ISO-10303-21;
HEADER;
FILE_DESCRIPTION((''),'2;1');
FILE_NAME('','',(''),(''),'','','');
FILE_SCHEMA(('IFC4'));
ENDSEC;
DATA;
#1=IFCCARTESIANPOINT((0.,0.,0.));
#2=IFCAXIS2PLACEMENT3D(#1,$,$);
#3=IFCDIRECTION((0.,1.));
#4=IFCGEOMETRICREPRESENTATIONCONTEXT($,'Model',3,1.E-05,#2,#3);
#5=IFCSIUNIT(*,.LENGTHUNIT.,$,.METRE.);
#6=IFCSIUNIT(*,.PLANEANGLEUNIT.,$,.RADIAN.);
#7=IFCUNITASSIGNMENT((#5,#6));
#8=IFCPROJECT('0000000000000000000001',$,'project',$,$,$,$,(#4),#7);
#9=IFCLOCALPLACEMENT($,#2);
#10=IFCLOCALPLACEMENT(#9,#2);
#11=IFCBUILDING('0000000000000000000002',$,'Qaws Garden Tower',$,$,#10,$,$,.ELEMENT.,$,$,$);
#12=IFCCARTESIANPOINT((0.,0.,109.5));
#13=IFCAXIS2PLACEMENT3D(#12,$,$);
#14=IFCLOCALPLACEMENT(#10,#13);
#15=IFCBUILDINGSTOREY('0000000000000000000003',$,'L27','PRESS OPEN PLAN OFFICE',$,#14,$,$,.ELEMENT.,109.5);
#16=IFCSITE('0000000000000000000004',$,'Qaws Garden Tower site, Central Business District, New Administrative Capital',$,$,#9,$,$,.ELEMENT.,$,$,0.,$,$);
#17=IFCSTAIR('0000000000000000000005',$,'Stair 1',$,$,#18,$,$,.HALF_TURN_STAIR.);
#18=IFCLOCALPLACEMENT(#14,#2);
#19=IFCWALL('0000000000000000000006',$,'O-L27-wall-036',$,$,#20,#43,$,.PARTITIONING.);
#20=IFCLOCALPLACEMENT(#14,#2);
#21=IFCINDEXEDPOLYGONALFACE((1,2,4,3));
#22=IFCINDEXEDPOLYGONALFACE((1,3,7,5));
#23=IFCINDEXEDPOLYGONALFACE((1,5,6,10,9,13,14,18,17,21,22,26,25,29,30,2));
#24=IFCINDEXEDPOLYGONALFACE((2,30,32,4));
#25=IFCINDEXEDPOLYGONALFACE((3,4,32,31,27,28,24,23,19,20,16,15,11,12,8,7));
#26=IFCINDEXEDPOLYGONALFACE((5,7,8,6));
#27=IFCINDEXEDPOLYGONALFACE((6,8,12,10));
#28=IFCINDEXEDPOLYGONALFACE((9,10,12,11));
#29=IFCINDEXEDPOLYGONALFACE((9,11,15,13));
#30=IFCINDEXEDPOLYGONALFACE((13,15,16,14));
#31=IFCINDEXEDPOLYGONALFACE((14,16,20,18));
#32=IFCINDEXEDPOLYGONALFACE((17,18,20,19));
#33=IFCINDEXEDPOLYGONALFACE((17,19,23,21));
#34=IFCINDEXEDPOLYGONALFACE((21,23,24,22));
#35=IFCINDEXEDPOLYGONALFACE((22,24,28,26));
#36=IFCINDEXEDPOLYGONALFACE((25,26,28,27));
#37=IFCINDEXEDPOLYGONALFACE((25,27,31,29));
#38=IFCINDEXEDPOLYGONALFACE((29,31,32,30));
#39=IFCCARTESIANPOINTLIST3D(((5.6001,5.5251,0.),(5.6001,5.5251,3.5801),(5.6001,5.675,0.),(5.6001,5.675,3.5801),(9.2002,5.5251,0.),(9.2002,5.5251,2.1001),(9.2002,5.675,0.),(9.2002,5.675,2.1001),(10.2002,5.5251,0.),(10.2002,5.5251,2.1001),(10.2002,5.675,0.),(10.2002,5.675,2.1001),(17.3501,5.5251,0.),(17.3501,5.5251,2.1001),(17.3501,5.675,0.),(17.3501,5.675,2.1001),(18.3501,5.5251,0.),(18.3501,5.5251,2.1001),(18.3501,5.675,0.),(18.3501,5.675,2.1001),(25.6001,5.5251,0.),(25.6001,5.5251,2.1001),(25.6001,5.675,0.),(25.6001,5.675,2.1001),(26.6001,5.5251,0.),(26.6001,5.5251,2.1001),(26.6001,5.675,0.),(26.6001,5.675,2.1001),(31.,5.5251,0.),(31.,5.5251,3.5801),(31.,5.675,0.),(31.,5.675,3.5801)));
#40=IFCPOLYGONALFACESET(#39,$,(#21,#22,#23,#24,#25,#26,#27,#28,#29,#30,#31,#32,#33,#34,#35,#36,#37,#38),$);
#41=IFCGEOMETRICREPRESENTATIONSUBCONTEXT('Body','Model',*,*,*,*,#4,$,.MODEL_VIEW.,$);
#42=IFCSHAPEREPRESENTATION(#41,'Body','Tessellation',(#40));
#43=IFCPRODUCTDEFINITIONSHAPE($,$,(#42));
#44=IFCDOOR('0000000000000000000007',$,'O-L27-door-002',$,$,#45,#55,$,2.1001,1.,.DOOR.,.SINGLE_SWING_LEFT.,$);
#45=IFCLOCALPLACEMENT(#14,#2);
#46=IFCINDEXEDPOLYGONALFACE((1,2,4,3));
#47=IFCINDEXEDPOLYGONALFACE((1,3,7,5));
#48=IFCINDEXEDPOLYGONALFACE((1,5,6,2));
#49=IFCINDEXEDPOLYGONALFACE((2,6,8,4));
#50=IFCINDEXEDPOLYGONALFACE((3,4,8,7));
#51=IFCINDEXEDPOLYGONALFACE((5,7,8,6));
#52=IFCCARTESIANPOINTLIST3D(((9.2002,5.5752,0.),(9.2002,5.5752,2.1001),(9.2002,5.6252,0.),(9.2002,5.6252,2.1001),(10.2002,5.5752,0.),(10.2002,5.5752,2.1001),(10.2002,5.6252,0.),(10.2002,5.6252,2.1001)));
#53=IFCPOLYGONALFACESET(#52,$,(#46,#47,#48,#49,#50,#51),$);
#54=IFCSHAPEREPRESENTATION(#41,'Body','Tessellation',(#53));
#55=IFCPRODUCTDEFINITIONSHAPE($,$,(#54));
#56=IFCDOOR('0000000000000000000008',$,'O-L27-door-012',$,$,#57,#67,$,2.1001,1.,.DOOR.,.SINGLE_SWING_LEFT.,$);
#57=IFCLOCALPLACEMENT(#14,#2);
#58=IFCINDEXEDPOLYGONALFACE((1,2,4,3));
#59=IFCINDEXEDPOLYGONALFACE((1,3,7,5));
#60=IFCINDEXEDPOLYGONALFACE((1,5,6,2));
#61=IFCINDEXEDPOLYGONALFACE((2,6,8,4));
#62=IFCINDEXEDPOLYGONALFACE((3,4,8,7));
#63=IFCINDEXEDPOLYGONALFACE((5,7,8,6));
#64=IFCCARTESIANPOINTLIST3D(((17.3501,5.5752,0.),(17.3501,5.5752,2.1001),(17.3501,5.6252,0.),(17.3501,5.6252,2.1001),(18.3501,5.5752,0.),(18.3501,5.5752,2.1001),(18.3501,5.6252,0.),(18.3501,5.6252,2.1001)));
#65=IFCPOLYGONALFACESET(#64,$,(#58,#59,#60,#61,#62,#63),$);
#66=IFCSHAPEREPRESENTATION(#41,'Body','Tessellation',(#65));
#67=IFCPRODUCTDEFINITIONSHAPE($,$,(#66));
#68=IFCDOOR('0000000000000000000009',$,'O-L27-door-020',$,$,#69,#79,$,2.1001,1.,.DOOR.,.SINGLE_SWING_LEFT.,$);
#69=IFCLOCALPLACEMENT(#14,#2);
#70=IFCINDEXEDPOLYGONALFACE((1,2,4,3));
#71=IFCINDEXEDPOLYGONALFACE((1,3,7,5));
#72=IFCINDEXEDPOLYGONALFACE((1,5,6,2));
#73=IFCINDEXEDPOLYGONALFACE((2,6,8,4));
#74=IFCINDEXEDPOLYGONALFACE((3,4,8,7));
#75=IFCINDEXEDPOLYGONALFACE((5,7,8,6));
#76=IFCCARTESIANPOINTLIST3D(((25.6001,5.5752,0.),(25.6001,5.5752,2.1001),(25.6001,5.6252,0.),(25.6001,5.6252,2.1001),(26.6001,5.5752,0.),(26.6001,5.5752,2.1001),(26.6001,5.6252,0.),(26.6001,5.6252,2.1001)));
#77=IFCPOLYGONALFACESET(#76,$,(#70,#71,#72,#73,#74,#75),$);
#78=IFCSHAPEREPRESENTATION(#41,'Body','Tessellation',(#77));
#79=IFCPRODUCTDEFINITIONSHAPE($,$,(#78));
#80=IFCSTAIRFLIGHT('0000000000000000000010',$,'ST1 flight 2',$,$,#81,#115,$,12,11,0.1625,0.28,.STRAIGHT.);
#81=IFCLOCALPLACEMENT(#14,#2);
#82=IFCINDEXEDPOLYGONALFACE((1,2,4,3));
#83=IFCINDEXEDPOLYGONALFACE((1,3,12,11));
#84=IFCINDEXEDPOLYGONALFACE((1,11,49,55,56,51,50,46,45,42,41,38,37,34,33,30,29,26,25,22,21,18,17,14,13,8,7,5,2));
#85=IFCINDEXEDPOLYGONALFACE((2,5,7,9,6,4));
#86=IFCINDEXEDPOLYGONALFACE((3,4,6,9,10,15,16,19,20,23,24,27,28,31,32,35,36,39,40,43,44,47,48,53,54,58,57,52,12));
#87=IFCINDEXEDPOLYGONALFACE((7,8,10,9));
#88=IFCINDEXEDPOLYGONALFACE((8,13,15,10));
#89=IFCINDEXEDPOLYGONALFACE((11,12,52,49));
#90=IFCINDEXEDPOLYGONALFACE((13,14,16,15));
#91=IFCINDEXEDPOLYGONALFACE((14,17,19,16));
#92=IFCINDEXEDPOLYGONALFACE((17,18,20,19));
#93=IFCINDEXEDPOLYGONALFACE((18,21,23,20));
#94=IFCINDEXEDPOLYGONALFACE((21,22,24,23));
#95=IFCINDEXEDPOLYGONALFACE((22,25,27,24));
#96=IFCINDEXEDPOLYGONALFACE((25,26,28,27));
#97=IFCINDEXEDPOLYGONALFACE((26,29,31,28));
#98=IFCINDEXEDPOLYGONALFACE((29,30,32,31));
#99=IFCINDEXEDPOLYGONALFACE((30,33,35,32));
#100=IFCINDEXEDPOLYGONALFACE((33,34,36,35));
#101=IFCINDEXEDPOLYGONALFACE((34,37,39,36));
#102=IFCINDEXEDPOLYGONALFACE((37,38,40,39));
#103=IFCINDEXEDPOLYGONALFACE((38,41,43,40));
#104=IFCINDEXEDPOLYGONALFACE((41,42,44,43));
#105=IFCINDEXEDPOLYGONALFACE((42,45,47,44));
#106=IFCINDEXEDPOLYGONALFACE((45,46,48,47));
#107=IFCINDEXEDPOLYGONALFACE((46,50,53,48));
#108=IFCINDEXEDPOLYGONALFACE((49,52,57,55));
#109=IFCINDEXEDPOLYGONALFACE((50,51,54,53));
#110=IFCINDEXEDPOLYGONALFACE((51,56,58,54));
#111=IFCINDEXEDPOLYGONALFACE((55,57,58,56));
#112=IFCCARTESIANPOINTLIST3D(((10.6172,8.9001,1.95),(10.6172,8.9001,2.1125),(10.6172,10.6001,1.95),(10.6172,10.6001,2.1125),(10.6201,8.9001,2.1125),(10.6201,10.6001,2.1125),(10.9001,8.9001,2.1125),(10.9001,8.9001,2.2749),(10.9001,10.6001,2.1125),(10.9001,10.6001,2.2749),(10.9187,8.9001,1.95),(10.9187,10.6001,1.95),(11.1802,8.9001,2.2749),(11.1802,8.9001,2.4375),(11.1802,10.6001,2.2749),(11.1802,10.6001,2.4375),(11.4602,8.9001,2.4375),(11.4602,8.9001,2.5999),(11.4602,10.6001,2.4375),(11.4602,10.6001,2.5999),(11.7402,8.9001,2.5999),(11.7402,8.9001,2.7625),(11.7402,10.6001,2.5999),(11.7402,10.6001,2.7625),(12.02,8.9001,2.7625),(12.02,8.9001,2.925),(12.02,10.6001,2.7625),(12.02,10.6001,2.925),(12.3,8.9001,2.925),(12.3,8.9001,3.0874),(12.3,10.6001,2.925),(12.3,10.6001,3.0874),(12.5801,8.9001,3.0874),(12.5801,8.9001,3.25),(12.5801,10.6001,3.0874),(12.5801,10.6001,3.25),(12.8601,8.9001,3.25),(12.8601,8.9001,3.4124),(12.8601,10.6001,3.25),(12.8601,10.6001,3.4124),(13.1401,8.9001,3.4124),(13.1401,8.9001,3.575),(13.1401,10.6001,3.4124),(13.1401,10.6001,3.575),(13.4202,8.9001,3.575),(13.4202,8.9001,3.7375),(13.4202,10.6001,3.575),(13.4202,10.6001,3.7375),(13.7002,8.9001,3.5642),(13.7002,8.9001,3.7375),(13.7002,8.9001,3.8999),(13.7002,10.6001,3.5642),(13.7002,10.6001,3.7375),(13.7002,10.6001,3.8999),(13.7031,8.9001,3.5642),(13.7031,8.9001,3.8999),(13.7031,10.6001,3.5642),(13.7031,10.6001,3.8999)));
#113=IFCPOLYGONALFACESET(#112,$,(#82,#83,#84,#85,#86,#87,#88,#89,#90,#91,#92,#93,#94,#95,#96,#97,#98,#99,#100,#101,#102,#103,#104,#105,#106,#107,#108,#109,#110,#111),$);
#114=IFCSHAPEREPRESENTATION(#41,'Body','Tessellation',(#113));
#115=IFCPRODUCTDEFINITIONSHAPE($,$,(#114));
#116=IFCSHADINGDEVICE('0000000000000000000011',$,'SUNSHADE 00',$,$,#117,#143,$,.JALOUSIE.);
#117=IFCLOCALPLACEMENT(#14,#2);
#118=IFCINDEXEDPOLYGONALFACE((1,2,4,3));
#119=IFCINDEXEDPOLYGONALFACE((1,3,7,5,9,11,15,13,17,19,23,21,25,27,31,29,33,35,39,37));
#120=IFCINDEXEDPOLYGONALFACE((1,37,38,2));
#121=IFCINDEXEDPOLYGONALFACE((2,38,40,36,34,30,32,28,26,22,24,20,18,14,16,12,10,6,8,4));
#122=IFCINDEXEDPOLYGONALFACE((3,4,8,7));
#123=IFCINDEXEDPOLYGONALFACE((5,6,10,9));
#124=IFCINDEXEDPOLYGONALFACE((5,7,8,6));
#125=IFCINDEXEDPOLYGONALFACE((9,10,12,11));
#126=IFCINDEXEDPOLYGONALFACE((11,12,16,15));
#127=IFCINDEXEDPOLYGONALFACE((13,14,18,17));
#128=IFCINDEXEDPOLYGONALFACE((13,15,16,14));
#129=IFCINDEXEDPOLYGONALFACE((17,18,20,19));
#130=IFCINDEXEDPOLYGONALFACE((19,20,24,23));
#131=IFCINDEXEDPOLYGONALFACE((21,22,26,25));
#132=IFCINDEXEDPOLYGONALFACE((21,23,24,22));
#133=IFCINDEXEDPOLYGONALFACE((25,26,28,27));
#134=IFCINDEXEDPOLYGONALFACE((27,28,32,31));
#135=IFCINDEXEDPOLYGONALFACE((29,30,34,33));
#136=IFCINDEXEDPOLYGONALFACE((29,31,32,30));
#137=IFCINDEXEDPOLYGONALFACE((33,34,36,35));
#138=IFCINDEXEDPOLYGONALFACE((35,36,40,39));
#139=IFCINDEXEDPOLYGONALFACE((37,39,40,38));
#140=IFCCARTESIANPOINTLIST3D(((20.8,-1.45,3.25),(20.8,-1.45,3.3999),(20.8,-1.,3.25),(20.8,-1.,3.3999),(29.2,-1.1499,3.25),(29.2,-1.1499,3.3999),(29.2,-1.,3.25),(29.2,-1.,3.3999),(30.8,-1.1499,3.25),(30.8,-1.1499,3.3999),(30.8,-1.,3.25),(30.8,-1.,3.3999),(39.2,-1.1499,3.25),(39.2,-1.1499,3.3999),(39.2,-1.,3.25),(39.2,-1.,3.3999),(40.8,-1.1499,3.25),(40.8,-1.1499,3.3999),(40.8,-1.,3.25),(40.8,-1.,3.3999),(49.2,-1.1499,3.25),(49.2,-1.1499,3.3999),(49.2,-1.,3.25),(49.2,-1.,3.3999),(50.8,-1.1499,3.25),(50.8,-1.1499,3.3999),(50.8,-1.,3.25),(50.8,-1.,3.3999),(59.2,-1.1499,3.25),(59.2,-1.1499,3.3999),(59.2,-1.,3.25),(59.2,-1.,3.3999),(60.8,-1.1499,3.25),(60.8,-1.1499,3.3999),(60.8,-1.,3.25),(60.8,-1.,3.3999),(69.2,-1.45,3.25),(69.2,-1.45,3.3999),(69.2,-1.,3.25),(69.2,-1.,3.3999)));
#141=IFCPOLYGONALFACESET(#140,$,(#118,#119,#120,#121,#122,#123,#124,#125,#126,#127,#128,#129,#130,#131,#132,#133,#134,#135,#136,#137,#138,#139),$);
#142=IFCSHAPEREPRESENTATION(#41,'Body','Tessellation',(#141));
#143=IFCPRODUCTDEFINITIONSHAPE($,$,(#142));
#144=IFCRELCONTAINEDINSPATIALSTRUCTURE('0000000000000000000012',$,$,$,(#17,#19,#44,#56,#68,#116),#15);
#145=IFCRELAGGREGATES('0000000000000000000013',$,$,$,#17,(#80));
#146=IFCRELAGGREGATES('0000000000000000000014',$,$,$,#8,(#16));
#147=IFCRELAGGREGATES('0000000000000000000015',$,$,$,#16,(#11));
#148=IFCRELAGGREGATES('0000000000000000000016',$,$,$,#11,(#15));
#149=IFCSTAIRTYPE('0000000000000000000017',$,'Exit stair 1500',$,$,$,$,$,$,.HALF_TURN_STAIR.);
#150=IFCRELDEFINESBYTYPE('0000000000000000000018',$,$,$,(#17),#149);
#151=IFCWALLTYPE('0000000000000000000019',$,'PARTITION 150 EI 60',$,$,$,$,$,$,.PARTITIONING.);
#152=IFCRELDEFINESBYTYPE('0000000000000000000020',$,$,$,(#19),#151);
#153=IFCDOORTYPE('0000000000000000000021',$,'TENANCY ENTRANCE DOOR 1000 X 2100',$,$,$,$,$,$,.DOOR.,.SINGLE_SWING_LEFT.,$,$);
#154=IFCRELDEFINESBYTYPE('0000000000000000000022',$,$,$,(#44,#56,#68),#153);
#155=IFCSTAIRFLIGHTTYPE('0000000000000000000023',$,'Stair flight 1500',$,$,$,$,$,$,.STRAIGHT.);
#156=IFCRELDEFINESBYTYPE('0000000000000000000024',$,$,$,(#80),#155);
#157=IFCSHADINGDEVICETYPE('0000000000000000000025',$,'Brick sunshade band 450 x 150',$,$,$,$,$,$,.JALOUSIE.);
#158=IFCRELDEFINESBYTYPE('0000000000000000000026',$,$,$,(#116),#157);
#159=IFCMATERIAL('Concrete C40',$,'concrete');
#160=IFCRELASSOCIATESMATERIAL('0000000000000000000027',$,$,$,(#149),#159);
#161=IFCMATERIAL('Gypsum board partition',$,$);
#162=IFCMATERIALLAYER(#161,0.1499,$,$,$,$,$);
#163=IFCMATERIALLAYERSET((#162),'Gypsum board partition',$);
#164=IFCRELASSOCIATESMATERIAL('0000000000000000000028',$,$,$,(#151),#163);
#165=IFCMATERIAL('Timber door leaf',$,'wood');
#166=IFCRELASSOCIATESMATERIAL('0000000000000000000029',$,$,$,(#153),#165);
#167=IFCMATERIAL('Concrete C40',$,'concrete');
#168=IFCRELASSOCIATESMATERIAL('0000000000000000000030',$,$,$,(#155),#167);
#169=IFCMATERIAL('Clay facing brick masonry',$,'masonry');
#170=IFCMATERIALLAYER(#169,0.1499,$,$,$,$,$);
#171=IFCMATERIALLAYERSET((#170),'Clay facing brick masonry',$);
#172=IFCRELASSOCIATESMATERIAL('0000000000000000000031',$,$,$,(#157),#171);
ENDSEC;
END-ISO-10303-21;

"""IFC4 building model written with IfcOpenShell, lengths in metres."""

from ifc_helpers import new_model, si_unit, direction, frame, frame_2d, origin, place, context, subcontext, project, spatial, polyline, rectangle, outline, extrude, material, layer, layer_set, type_object, element, fill, aggregate, save


model = new_model("IFC4")

# Units and contexts
model_context = context("Model", 3, precision=1e-05, world=origin(), true_north=direction((0.0, 1.0)))
body_context = subcontext(model_context, "Body", "Model", "MODEL_VIEW")
ifc_project = project(units=[si_unit("LENGTHUNIT", "METRE"), si_unit("PLANEANGLEUNIT", "RADIAN")], contexts=[model_context])

# Site, building, storey
site_placement = place(None, origin())
site = spatial("IfcSite", under=ifc_project, at=site_placement, Name="Qaws Garden Tower site, Central Business District, New Administrative Capital", CompositionType="ELEMENT", RefElevation=0.0)
building_placement = place(site_placement, origin())
building = spatial("IfcBuilding", under=site, at=building_placement, Name="Qaws Garden Tower", CompositionType="ELEMENT")
storey_placement = place(building_placement, frame((0.0, 0.0, 109.5)))
storey = spatial("IfcBuildingStorey", under=building, at=storey_placement, Name="L27", Description="PRESS OPEN PLAN OFFICE", CompositionType="ELEMENT", Elevation=109.5)

# Stair
ifc_material_1 = material(Name="Concrete C40", Category="concrete")
stair_type_1 = type_object("IfcStairType", Name="Exit stair 1500", PredefinedType="HALF_TURN_STAIR", material=ifc_material_1)
placement_1 = place(storey_placement, origin())
stair_1 = element("IfcStair", 1, at=placement_1, inside=storey, type_object=stair_type_1, Name="Stair 1", PredefinedType="HALF_TURN_STAIR")

# Shared definitions
ifc_material_2 = material(Name="Gypsum board partition")
ifc_layer_1 = layer(ifc_material_2, 0.1499)
ifc_layer_set_1 = layer_set([ifc_layer_1], Name="Gypsum board partition")
wall_type_1 = type_object("IfcWallType", Name="PARTITION 150 EI 60", PredefinedType="PARTITIONING", material=ifc_layer_set_1)

# Wall, openings, doors
wall_1_placement = place(storey_placement, frame((5.6001, 5.6001, 0.0), z_axis=(0.0, 0.0, 1.0), x_axis=(1.0, 0.0, 0.0)))
wall_1 = element("IfcWall", 2, at=wall_1_placement, inside=storey, type_object=wall_type_1, Name="O-L27-wall-036", PredefinedType="PARTITIONING", context=body_context, shape_type="SweptSolid", body=[
    extrude(rectangle(XDim=25.3999, YDim=0.1499, at=frame_2d((12.7, 0.0))), origin(), (0.0, 0.0, 1.0), 3.5801),
])
opening_1_placement = place(wall_1_placement, frame((3.6001, 0.0, 0.0)))
opening_1 = element("IfcOpeningElement", 3, at=opening_1_placement, cuts=wall_1, PredefinedType="OPENING", context=body_context, shape_type="SweptSolid", body=[
    extrude(rectangle(XDim=1.0, YDim=2.1001, at=frame_2d((0.5, 1.05))), frame((0.0, 0.085, 0.0), z_axis=(0.0, -1.0, 0.0), x_axis=(1.0, 0.0, 0.0)), (0.0, 0.0, 1.0), 0.1699),
])
opening_2_placement = place(wall_1_placement, frame((11.75, 0.0, 0.0)))
opening_2 = element("IfcOpeningElement", 4, at=opening_2_placement, cuts=wall_1, PredefinedType="OPENING", context=body_context, shape_type="SweptSolid", body=[
    extrude(rectangle(XDim=1.0, YDim=2.1001, at=frame_2d((0.5, 1.05))), frame((0.0, 0.085, 0.0), z_axis=(0.0, -1.0, 0.0), x_axis=(1.0, 0.0, 0.0)), (0.0, 0.0, 1.0), 0.1699),
])
opening_3_placement = place(wall_1_placement, frame((20.0, 0.0, 0.0)))
opening_3 = element("IfcOpeningElement", 5, at=opening_3_placement, cuts=wall_1, PredefinedType="OPENING", context=body_context, shape_type="SweptSolid", body=[
    extrude(rectangle(XDim=1.0, YDim=2.1001, at=frame_2d((0.5, 1.05))), frame((0.0, 0.085, 0.0), z_axis=(0.0, -1.0, 0.0), x_axis=(1.0, 0.0, 0.0)), (0.0, 0.0, 1.0), 0.1699),
])
ifc_material_3 = material(Name="Timber door leaf", Category="wood")
door_type_1 = type_object("IfcDoorType", Name="TENANCY ENTRANCE DOOR 1000 X 2100", OperationType="SINGLE_SWING_LEFT", PredefinedType="DOOR", material=ifc_material_3)
door_1_placement = place(opening_1_placement, frame((1.0, 0.0, 0.0), z_axis=(0.0, 0.0, 1.0), x_axis=(-1.0, 0.0, 0.0)))
door_1 = element("IfcDoor", 6, at=door_1_placement, inside=storey, type_object=door_type_1, Name="O-L27-door-002", OperationType="SINGLE_SWING_LEFT", OverallHeight=2.1001, OverallWidth=1.0, PredefinedType="DOOR", context=body_context, shape_type="SweptSolid", body=[
    extrude(rectangle(XDim=1.0, YDim=2.1001, at=frame_2d((0.5, 1.05))), frame((0.0, 0.0249, 0.0), z_axis=(0.0, -1.0, 0.0), x_axis=(1.0, 0.0, 0.0)), (0.0, 0.0, 1.0), 0.05),
])
fill(opening_1, door_1)
door_2_placement = place(opening_2_placement, frame((1.0, 0.0, 0.0), z_axis=(0.0, 0.0, 1.0), x_axis=(-1.0, 0.0, 0.0)))
door_2 = element("IfcDoor", 7, at=door_2_placement, inside=storey, type_object=door_type_1, Name="O-L27-door-012", OperationType="SINGLE_SWING_LEFT", OverallHeight=2.1001, OverallWidth=1.0, PredefinedType="DOOR", context=body_context, shape_type="SweptSolid", body=[
    extrude(rectangle(XDim=1.0, YDim=2.1001, at=frame_2d((0.5, 1.05))), frame((0.0, 0.0249, 0.0), z_axis=(0.0, -1.0, 0.0), x_axis=(1.0, 0.0, 0.0)), (0.0, 0.0, 1.0), 0.05),
])
fill(opening_2, door_2)
door_3_placement = place(opening_3_placement, frame((1.0, 0.0, 0.0), z_axis=(0.0, 0.0, 1.0), x_axis=(-1.0, 0.0, 0.0)))
door_3 = element("IfcDoor", 8, at=door_3_placement, inside=storey, type_object=door_type_1, Name="O-L27-door-020", OperationType="SINGLE_SWING_LEFT", OverallHeight=2.1001, OverallWidth=1.0, PredefinedType="DOOR", context=body_context, shape_type="SweptSolid", body=[
    extrude(rectangle(XDim=1.0, YDim=2.1001, at=frame_2d((0.5, 1.05))), frame((0.0, 0.0249, 0.0), z_axis=(0.0, -1.0, 0.0), x_axis=(1.0, 0.0, 0.0)), (0.0, 0.0, 1.0), 0.05),
])
fill(opening_3, door_3)

# Stair flight
ifc_material_4 = material(Name="Concrete C40", Category="concrete")
stair_flight_type = type_object("IfcStairFlightType", Name="Stair flight 1500", PredefinedType="STRAIGHT", material=ifc_material_4)
stair_flight_placement = place(storey_placement, frame((10.6201, 9.75, 1.95), z_axis=(0.0, 0.0, 1.0), x_axis=(1.0, 0.0, 0.0)))
stair_flight = element("IfcStairFlight", 9, at=stair_flight_placement, type_object=stair_flight_type, Name="ST1 flight 2", NumberOfRisers=12, NumberOfTreads=11, PredefinedType="STRAIGHT", RiserHeight=0.1625, TreadLength=0.28, context=body_context, shape_type="SweptSolid", body=[
    extrude(outline(polyline([(-0.0029, 0.0), (-0.0029, 0.1626), (0.0, 0.1626), (0.28, 0.1626), (0.28, 0.325), (0.5601, 0.325), (0.5601, 0.4875), (0.8401, 0.4875), (0.8401, 0.6499), (1.1201, 0.6499), (1.1201, 0.8125), (1.3999, 0.8125), (1.3999, 0.9751), (1.6799, 0.9751), (1.6799, 1.1375), (1.96, 1.1375), (1.96, 1.3), (2.24, 1.3), (2.24, 1.4624), (2.52, 1.4624), (2.52, 1.625), (2.8, 1.625), (2.8, 1.7876), (3.0801, 1.7876), (3.0801, 1.95), (3.083, 1.95), (3.083, 1.6143), (3.0801, 1.6143), (0.2986, 0.0), (-0.0029, 0.0)])), frame((0.0, 0.8501, 0.0), z_axis=(0.0, -1.0, 0.0), x_axis=(1.0, 0.0, 0.0)), (0.0, 0.0, 1.0), 1.7),
])
aggregate(stair_1, [stair_flight])

# Shading device
ifc_material_5 = material(Name="Clay facing brick masonry", Category="masonry")
ifc_layer_2 = layer(ifc_material_5, 0.1499)
ifc_layer_set_2 = layer_set([ifc_layer_2], Name="Clay facing brick masonry")
shading_device_type = type_object("IfcShadingDeviceType", Name="Brick sunshade band 450 x 150", PredefinedType="JALOUSIE", material=ifc_layer_set_2)
shading_device_placement = place(storey_placement, frame((0.0, 0.0, 3.25)))
element("IfcShadingDevice", 10, at=shading_device_placement, inside=storey, type_object=shading_device_type, Name="SUNSHADE 00", PredefinedType="JALOUSIE", context=body_context, shape_type="SweptSolid", body=[
    extrude(outline(polyline([(20.8, -1.0), (20.8, -1.45), (69.2, -1.45), (69.2, -1.0), (60.8, -1.0), (60.8, -1.1499), (59.2, -1.1499), (59.2, -1.0), (50.8, -1.0), (50.8, -1.1499), (49.2, -1.1499), (49.2, -1.0), (40.8, -1.0), (40.8, -1.1499), (39.2, -1.1499), (39.2, -1.0), (30.8, -1.0), (30.8, -1.1499), (29.2, -1.1499), (29.2, -1.0), (20.8, -1.0)])), origin(), (0.0, 0.0, 1.0), 0.1499),
])

save(model, "model.ifc")
